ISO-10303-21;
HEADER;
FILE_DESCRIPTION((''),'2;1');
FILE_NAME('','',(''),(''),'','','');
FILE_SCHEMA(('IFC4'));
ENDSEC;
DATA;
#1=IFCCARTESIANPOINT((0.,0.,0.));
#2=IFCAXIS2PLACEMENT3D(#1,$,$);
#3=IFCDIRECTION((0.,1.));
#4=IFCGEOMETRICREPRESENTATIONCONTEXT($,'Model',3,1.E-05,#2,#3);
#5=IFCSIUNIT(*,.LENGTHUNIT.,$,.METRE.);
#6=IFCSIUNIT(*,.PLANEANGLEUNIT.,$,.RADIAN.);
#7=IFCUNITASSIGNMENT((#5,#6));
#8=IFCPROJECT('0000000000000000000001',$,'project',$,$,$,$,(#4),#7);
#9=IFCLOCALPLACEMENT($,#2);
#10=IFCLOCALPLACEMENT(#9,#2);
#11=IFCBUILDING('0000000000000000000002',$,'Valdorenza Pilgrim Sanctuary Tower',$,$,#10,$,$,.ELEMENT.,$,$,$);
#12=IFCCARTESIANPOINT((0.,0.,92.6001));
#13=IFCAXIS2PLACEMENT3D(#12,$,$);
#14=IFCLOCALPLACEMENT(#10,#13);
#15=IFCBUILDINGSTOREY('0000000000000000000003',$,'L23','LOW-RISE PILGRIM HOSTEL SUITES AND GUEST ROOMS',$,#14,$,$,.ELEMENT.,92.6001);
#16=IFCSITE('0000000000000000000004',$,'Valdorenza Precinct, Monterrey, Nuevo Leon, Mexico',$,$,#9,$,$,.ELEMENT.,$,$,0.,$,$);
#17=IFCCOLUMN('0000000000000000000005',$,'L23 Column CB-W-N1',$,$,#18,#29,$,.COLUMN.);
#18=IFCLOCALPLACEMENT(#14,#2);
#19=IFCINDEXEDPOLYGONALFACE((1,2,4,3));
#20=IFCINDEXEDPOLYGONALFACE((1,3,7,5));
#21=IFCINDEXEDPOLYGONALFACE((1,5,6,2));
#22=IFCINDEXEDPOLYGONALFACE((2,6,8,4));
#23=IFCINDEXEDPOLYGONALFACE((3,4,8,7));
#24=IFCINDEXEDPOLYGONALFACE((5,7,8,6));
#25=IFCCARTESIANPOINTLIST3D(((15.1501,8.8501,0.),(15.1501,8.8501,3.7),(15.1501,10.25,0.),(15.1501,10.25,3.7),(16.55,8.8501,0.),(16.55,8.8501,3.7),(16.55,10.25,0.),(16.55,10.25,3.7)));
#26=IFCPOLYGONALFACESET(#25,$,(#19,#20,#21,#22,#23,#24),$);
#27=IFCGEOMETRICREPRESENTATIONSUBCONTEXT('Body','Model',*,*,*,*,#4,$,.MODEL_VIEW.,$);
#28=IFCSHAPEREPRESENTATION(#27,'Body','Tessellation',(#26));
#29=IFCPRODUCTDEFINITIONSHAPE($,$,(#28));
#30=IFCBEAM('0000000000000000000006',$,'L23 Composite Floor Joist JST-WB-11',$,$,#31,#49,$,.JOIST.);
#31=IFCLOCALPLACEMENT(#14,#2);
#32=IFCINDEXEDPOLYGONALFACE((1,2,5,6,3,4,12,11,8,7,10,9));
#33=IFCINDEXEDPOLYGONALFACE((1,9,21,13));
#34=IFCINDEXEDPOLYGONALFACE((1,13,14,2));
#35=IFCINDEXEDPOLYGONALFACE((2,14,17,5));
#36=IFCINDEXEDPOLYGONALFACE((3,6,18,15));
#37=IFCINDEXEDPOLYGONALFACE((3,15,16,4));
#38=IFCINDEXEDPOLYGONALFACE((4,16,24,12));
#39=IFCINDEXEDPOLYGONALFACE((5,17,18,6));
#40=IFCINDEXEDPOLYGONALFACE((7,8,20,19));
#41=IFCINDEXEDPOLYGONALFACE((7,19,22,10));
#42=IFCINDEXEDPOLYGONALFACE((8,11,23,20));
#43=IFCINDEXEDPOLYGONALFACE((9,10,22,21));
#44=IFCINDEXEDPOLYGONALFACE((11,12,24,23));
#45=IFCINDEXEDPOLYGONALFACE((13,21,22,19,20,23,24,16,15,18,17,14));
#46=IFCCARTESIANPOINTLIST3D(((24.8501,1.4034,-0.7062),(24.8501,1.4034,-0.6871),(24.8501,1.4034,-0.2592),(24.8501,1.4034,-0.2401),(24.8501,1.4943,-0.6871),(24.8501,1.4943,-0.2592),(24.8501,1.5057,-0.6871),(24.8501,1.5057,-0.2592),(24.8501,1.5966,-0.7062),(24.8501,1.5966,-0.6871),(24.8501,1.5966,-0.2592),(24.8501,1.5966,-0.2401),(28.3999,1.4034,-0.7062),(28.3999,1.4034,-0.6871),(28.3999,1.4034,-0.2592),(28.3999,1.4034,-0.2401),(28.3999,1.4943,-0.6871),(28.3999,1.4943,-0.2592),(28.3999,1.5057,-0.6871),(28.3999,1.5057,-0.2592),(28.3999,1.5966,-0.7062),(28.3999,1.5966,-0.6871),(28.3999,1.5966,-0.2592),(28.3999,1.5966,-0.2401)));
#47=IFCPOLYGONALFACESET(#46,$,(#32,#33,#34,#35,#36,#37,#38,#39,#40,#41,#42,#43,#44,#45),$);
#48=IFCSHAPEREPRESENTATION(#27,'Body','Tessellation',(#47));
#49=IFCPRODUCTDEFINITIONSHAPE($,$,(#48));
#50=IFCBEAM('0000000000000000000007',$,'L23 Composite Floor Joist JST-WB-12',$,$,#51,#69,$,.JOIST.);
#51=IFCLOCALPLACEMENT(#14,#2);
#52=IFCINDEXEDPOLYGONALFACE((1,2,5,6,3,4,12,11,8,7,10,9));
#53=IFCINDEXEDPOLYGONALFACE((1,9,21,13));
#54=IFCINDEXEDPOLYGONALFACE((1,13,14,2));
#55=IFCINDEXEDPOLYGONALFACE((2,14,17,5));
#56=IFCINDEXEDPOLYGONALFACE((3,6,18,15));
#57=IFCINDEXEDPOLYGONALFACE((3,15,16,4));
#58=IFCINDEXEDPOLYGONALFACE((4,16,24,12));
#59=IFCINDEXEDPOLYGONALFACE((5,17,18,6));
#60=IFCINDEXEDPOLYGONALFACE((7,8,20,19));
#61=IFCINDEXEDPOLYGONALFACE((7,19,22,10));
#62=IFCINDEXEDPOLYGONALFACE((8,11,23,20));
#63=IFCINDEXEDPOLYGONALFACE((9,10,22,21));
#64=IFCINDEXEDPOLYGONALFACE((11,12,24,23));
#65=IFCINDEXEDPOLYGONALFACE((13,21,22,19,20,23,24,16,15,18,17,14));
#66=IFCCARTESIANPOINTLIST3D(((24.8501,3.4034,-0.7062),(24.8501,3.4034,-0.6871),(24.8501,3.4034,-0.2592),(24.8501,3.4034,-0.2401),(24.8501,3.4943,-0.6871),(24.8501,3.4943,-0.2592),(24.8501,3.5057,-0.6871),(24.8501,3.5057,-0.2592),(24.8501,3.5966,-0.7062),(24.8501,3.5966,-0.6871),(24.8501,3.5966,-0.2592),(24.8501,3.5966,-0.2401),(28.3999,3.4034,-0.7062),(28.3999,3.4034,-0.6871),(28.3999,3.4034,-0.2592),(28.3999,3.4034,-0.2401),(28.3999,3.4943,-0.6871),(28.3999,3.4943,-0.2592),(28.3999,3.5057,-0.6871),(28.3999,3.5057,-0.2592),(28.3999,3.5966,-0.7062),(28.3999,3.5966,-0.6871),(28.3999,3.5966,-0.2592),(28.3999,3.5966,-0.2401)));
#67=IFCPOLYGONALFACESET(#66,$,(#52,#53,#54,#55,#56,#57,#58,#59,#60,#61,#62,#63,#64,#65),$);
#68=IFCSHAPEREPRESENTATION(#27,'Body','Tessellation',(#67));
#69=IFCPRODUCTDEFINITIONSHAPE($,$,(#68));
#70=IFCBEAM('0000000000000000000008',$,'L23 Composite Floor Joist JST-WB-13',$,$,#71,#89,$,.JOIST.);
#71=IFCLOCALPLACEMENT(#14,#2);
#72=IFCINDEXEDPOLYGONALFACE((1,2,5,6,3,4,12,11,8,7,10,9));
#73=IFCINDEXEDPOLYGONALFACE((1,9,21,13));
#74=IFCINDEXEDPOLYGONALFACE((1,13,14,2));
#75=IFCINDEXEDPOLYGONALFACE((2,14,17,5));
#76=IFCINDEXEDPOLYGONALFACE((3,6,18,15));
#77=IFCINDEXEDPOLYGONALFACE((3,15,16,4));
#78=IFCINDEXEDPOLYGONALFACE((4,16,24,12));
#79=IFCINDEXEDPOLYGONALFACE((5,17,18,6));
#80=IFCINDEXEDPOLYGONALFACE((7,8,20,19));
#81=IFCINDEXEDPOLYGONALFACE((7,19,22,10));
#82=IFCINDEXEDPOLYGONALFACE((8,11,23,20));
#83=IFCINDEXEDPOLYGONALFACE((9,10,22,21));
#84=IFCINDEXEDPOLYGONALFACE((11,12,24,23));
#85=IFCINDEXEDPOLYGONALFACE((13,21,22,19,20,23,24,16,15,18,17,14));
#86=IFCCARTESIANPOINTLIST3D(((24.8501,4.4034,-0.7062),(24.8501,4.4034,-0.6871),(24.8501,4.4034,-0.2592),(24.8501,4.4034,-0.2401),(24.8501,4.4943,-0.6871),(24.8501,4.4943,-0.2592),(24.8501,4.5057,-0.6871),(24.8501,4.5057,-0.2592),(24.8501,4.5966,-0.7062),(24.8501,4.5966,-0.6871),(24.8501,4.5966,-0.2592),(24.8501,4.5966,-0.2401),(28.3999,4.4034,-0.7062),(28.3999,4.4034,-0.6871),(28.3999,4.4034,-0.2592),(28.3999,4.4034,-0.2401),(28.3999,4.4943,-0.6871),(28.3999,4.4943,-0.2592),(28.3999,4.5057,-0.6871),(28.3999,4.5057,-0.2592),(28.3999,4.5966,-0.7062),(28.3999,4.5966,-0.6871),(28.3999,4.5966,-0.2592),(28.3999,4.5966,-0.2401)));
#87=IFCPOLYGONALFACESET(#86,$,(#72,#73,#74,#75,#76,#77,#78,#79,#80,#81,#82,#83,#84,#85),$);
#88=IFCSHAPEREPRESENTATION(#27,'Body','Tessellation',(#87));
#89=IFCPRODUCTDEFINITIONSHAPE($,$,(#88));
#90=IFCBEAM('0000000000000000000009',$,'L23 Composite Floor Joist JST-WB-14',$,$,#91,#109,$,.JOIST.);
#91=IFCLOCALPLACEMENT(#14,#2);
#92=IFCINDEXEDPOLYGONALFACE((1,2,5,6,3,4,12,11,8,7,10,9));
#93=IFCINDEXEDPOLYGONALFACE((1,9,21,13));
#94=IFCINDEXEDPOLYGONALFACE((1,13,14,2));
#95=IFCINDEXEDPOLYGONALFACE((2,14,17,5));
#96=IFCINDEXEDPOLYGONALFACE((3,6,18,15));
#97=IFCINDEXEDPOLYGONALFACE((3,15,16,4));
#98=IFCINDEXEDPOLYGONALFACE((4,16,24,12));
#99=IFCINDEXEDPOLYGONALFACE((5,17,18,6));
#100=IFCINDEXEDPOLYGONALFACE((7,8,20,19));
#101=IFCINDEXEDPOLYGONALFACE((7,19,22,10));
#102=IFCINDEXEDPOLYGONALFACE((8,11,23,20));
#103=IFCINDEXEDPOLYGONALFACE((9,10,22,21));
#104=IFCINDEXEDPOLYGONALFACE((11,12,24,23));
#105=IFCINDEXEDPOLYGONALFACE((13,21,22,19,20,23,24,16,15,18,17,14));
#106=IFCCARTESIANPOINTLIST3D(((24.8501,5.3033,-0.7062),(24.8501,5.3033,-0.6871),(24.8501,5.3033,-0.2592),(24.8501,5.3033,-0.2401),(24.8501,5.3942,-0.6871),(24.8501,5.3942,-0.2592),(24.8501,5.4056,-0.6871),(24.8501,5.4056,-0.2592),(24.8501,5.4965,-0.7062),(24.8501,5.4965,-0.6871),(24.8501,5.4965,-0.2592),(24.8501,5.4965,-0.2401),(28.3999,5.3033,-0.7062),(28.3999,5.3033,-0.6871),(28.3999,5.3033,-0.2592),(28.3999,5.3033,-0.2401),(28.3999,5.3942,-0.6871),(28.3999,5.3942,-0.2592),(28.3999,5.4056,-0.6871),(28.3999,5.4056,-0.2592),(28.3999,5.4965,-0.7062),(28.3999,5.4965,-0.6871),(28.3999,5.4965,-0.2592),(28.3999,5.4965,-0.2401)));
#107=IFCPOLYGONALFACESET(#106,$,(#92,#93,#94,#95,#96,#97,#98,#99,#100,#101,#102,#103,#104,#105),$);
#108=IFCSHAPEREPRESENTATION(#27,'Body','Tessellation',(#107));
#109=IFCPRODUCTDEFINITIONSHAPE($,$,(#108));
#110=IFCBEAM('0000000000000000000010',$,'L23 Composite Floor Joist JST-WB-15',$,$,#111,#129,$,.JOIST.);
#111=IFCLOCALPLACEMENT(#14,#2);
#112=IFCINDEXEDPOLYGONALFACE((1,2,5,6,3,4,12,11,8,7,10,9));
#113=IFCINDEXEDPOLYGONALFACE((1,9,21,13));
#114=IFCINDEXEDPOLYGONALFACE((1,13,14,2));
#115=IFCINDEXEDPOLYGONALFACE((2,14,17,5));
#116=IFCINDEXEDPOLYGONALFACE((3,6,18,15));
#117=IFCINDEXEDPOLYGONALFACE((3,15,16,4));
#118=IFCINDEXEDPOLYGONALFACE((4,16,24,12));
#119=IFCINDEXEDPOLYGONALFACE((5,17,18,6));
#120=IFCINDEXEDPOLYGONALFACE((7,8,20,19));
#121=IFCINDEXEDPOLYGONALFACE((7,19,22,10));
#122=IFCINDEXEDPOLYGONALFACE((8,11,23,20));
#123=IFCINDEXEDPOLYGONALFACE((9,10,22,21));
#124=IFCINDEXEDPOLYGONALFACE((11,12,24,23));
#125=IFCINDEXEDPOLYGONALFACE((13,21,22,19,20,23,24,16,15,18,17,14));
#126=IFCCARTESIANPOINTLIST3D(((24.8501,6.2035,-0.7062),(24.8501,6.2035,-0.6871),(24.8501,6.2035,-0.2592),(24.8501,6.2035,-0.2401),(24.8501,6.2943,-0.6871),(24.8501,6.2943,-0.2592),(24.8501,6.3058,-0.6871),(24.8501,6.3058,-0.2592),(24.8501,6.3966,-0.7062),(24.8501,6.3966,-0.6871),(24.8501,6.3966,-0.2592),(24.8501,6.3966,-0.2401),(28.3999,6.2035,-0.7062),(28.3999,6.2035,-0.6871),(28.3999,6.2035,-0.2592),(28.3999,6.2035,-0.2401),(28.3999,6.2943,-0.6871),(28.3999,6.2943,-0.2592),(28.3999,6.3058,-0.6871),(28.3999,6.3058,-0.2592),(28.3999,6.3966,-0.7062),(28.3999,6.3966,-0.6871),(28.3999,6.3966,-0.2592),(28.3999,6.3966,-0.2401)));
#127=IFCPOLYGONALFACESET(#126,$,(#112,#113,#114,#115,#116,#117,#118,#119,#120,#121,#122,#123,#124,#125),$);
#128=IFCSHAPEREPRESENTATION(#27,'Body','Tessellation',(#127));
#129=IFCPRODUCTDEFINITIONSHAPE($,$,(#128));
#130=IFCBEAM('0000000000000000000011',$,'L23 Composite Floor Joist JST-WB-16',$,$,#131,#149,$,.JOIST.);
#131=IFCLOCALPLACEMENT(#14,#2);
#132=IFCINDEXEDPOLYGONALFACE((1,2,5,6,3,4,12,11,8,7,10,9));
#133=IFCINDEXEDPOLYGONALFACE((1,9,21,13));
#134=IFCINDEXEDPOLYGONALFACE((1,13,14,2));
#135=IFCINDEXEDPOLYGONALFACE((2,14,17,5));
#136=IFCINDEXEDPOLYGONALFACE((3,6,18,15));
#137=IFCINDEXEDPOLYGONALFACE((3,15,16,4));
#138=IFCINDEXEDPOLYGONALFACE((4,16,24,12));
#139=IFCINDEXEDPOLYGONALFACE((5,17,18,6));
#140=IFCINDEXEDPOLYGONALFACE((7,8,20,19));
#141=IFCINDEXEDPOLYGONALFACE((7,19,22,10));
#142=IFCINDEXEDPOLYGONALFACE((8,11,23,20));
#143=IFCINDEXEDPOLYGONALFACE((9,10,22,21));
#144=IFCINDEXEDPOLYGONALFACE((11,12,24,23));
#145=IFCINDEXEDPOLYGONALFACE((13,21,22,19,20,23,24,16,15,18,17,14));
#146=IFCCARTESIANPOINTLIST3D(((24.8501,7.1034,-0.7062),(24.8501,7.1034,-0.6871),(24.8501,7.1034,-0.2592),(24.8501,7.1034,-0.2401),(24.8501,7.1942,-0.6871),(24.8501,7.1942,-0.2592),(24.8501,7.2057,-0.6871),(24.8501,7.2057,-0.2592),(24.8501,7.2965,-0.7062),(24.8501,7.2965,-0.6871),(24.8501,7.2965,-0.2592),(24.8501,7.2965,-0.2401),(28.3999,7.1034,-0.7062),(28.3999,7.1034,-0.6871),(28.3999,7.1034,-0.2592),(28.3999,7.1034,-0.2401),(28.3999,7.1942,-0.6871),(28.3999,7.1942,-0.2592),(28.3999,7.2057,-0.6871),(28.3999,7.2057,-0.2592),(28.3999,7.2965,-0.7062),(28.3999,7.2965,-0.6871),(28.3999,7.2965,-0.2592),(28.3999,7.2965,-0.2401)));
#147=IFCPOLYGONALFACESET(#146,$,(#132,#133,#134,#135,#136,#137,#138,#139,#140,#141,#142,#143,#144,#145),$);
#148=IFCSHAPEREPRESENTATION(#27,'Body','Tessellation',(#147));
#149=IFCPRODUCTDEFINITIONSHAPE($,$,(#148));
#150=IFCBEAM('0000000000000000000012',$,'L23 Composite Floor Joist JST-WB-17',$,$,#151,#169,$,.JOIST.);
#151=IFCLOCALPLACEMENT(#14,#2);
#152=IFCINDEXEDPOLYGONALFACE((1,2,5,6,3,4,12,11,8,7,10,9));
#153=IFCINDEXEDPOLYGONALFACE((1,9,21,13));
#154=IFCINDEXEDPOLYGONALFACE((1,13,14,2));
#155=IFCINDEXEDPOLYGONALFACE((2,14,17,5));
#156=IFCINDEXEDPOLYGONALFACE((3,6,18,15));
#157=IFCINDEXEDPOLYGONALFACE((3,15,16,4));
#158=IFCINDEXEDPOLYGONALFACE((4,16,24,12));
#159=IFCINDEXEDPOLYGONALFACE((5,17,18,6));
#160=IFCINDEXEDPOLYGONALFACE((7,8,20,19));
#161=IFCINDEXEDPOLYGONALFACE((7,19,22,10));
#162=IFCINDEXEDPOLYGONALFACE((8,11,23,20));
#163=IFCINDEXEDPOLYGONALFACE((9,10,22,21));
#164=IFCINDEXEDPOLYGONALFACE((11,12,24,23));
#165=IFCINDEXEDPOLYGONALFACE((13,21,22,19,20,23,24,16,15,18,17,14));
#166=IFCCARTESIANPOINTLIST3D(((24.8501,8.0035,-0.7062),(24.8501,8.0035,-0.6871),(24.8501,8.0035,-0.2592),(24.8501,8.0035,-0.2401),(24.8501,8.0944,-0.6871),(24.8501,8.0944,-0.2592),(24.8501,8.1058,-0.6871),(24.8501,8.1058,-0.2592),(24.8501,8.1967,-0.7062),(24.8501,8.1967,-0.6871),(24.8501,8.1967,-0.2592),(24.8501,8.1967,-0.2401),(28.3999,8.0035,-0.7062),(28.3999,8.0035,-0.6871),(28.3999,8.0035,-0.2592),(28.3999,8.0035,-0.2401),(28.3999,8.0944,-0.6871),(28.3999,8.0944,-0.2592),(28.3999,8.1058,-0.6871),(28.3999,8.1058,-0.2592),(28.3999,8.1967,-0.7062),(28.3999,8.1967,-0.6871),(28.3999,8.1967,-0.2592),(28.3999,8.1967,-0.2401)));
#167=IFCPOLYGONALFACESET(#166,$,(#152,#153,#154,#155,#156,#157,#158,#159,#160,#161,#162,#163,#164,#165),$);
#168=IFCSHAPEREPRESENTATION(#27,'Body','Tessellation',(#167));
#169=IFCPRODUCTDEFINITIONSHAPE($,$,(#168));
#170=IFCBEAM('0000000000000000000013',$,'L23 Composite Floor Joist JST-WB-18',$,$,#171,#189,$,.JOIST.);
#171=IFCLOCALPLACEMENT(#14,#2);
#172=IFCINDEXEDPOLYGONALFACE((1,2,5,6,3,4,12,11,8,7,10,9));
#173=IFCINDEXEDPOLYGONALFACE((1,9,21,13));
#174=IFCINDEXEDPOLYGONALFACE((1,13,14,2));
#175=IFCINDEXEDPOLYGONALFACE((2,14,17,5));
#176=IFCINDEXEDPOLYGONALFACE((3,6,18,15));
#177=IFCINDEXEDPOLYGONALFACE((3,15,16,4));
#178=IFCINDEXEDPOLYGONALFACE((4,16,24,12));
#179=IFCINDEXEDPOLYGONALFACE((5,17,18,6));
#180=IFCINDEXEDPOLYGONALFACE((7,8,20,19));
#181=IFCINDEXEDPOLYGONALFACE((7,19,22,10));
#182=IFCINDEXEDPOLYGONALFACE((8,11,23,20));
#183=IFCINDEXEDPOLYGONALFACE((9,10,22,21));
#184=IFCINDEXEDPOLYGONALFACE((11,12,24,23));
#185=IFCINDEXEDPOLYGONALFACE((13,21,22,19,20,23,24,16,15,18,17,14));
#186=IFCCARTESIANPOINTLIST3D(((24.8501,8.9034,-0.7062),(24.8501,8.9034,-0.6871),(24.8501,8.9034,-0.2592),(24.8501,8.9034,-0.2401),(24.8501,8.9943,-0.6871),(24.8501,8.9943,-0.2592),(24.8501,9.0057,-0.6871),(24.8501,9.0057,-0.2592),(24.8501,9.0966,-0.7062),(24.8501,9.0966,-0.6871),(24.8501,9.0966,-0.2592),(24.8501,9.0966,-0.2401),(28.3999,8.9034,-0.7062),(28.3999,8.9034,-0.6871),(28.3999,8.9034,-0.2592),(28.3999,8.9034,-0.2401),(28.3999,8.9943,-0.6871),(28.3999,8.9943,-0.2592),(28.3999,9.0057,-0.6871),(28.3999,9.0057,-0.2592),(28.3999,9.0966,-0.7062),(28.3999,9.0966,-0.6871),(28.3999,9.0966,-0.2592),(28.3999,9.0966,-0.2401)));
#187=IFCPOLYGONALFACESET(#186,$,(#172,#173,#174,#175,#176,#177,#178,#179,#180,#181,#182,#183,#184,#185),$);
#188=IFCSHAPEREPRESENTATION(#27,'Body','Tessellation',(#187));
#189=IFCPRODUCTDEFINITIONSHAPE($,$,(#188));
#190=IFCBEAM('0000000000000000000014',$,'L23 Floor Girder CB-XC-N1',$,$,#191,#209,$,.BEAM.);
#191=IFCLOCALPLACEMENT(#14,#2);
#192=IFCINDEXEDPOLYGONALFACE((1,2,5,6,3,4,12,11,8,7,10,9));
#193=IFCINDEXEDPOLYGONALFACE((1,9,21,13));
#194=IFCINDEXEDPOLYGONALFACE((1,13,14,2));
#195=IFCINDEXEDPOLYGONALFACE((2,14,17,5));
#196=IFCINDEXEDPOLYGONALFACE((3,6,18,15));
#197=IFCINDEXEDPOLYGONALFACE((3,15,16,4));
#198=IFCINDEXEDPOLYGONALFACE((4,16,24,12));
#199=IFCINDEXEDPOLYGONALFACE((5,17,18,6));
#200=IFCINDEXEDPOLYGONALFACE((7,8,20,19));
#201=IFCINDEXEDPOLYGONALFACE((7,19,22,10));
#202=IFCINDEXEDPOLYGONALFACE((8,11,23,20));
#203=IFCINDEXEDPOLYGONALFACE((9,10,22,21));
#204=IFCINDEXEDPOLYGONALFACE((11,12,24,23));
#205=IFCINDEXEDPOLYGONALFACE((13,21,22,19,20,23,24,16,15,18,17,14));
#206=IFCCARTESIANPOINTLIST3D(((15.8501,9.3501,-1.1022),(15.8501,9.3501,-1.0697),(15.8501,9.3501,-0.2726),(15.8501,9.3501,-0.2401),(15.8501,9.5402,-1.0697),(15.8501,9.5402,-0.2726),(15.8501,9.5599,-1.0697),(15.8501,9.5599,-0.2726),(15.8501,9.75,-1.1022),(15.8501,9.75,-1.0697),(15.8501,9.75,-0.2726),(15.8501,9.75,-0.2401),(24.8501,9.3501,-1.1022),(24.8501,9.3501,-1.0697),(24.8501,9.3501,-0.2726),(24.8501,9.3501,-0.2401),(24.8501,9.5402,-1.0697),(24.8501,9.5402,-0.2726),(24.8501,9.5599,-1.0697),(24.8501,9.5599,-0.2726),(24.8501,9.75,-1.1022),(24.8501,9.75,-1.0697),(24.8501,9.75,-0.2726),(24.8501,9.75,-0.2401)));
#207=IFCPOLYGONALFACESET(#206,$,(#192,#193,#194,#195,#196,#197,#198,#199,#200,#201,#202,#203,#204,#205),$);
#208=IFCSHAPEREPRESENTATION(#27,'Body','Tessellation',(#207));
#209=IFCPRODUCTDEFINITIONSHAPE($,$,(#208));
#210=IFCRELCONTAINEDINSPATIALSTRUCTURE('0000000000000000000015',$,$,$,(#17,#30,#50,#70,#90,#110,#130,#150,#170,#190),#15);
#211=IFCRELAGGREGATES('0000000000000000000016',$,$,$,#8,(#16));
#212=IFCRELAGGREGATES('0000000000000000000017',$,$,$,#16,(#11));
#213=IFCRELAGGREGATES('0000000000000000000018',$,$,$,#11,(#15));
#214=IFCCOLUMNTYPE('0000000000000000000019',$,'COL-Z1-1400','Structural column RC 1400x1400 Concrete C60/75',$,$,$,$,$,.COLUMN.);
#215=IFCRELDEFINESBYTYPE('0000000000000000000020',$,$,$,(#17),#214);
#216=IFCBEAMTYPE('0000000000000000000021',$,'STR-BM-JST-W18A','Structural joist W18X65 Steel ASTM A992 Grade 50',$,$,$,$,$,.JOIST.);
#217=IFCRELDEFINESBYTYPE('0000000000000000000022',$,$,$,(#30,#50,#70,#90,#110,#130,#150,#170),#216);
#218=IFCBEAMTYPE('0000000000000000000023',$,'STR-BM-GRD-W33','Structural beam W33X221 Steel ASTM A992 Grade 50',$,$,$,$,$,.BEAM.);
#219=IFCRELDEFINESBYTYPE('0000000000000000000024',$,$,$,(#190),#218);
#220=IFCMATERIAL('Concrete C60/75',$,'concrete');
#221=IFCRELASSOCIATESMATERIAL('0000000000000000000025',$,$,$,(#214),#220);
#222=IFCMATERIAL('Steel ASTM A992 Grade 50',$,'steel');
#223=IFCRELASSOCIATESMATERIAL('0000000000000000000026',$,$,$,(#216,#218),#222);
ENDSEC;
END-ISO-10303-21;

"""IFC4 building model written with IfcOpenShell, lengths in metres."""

from ifc_helpers import new_model, si_unit, direction, frame, origin, origin_2d, place, context, subcontext, project, spatial, rectangle, i_section, extrude, source, transform, mapped, material, material_profile, profile_set, type_object, element, save


model = new_model("IFC4")

# Units and contexts
model_context = context("Model", 3, precision=1e-05, world=origin(), true_north=direction((0.0, 1.0)))
body_context = subcontext(model_context, "Body", "Model", "MODEL_VIEW")
ifc_project = project(units=[si_unit("LENGTHUNIT", "METRE"), si_unit("PLANEANGLEUNIT", "RADIAN")], contexts=[model_context])

# Site, building, storey
site_placement = place(None, origin())
site = spatial("IfcSite", under=ifc_project, at=site_placement, Name="Valdorenza Precinct, Monterrey, Nuevo Leon, Mexico", CompositionType="ELEMENT", RefElevation=0.0)
building_placement = place(site_placement, origin())
building = spatial("IfcBuilding", under=site, at=building_placement, Name="Valdorenza Pilgrim Sanctuary Tower", CompositionType="ELEMENT")
storey_placement = place(building_placement, frame((0.0, 0.0, 92.6001)))
storey = spatial("IfcBuildingStorey", under=building, at=storey_placement, Name="L23", Description="LOW-RISE PILGRIM HOSTEL SUITES AND GUEST ROOMS", CompositionType="ELEMENT", Elevation=92.6001)

# Column
ifc_material_1 = material(Name="Concrete C60/75", Category="concrete")
ifc_material_profile_1 = material_profile(ifc_material_1, rectangle(XDim=1.3999, YDim=1.3999, at=origin_2d()), Name="RC 1400x1400")
ifc_profile_set_1 = profile_set([ifc_material_profile_1], Name="Concrete C60/75")
column_type = type_object("IfcColumnType", Name="COL-Z1-1400", Description="Structural column RC 1400x1400 Concrete C60/75", PredefinedType="COLUMN", material=ifc_profile_set_1)
shared_shape_1 = source(origin(), body_context, "Body", "SweptSolid", [
    extrude(rectangle(XDim=1.3999, YDim=1.3999, at=origin_2d()), origin(), (0.0, 0.0, 1.0), 3.7),
])
column_placement = place(storey_placement, frame((15.8501, 9.55, 0.0), z_axis=(0.0, 0.0, 1.0), x_axis=(1.0, 0.0, 0.0)))
element("IfcColumn", 1, at=column_placement, inside=storey, type_object=column_type, Name="L23 Column CB-W-N1", PredefinedType="COLUMN", context=body_context, shape_type="MappedRepresentation", body=[
    mapped(shared_shape_1, transform((0.0, 0.0, 0.0), x_axis=(1.0, 0.0, 0.0), y_axis=(0.0, 1.0, 0.0), z_axis=(0.0, 0.0, 1.0), scale=1.0)),
])

# Beams
ifc_material_2 = material(Name="Steel ASTM A992 Grade 50", Category="steel")
ifc_material_profile_2 = material_profile(ifc_material_2, i_section(OverallWidth=0.1931, OverallDepth=0.4661, WebThickness=0.0115, FlangeThickness=0.019, at=origin_2d()), Name="W18X65")
ifc_profile_set_2 = profile_set([ifc_material_profile_2], Name="Steel ASTM A992 Grade 50")
beam_type_1 = type_object("IfcBeamType", Name="STR-BM-JST-W18A", Description="Structural joist W18X65 Steel ASTM A992 Grade 50", PredefinedType="JOIST", material=ifc_profile_set_2)
shared_shape_2 = source(origin(), body_context, "Body", "SweptSolid", [
    extrude(i_section(OverallWidth=0.1931, OverallDepth=0.4661, WebThickness=0.0115, FlangeThickness=0.019, at=origin_2d()), origin(), (0.0, 0.0, 1.0), 3.5498),
])
for number, where, z_axis, x_axis, name in (
    (2, (24.8501, 1.5, -0.4731), (1.0, 0.0, 0.0), (0.0, 1.0, 0.0), "L23 Composite Floor Joist JST-WB-11"),
    (3, (24.8501, 3.5, -0.4731), (1.0, 0.0, 0.0), (0.0, 1.0, 0.0), "L23 Composite Floor Joist JST-WB-12"),
    (4, (24.8501, 4.5, -0.4731), (1.0, 0.0, 0.0), (0.0, 1.0, 0.0), "L23 Composite Floor Joist JST-WB-13"),
    (5, (24.8501, 5.3999, -0.4731), (1.0, 0.0, 0.0), (0.0, 1.0, 0.0), "L23 Composite Floor Joist JST-WB-14"),
    (6, (24.8501, 6.3, -0.4731), (1.0, 0.0, 0.0), (0.0, 1.0, 0.0), "L23 Composite Floor Joist JST-WB-15"),
    (7, (24.8501, 7.2, -0.4731), (1.0, 0.0, 0.0), (0.0, 1.0, 0.0), "L23 Composite Floor Joist JST-WB-16"),
    (8, (24.8501, 8.1001, -0.4731), (1.0, 0.0, 0.0), (0.0, 1.0, 0.0), "L23 Composite Floor Joist JST-WB-17"),
    (9, (24.8501, 9.0, -0.4731), (1.0, 0.0, 0.0), (0.0, 1.0, 0.0), "L23 Composite Floor Joist JST-WB-18"),
):
    element("IfcBeam", number, at=place(storey_placement, frame(where, z_axis=z_axis, x_axis=x_axis)), inside=storey, type_object=beam_type_1, Name=name, PredefinedType="JOIST", context=body_context, shape_type="MappedRepresentation", body=[
        mapped(shared_shape_2, transform((0.0, 0.0, 0.0), x_axis=(1.0, 0.0, 0.0), y_axis=(0.0, 1.0, 0.0), z_axis=(0.0, 0.0, 1.0), scale=1.0)),
    ])
ifc_material_profile_3 = material_profile(ifc_material_2, i_section(OverallWidth=0.3999, OverallDepth=0.8621, WebThickness=0.0198, FlangeThickness=0.0325, at=origin_2d()), Name="W33X221")
ifc_profile_set_3 = profile_set([ifc_material_profile_3], Name="Steel ASTM A992 Grade 50")
beam_type_2 = type_object("IfcBeamType", Name="STR-BM-GRD-W33", Description="Structural beam W33X221 Steel ASTM A992 Grade 50", PredefinedType="BEAM", material=ifc_profile_set_3)
shared_shape_3 = source(origin(), body_context, "Body", "SweptSolid", [
    extrude(i_section(OverallWidth=0.3999, OverallDepth=0.8621, WebThickness=0.0198, FlangeThickness=0.0325, at=origin_2d()), origin(), (0.0, 0.0, 1.0), 9.0),
])
beam_placement = place(storey_placement, frame((15.8501, 9.55, -0.6711), z_axis=(1.0, 0.0, 0.0), x_axis=(0.0, 1.0, 0.0)))
element("IfcBeam", 10, at=beam_placement, inside=storey, type_object=beam_type_2, Name="L23 Floor Girder CB-XC-N1", PredefinedType="BEAM", context=body_context, shape_type="MappedRepresentation", body=[
    mapped(shared_shape_3, transform((0.0, 0.0, 0.0), x_axis=(1.0, 0.0, 0.0), y_axis=(0.0, 1.0, 0.0), z_axis=(0.0, 0.0, 1.0), scale=1.0)),
])

save(model, "model.ifc")
